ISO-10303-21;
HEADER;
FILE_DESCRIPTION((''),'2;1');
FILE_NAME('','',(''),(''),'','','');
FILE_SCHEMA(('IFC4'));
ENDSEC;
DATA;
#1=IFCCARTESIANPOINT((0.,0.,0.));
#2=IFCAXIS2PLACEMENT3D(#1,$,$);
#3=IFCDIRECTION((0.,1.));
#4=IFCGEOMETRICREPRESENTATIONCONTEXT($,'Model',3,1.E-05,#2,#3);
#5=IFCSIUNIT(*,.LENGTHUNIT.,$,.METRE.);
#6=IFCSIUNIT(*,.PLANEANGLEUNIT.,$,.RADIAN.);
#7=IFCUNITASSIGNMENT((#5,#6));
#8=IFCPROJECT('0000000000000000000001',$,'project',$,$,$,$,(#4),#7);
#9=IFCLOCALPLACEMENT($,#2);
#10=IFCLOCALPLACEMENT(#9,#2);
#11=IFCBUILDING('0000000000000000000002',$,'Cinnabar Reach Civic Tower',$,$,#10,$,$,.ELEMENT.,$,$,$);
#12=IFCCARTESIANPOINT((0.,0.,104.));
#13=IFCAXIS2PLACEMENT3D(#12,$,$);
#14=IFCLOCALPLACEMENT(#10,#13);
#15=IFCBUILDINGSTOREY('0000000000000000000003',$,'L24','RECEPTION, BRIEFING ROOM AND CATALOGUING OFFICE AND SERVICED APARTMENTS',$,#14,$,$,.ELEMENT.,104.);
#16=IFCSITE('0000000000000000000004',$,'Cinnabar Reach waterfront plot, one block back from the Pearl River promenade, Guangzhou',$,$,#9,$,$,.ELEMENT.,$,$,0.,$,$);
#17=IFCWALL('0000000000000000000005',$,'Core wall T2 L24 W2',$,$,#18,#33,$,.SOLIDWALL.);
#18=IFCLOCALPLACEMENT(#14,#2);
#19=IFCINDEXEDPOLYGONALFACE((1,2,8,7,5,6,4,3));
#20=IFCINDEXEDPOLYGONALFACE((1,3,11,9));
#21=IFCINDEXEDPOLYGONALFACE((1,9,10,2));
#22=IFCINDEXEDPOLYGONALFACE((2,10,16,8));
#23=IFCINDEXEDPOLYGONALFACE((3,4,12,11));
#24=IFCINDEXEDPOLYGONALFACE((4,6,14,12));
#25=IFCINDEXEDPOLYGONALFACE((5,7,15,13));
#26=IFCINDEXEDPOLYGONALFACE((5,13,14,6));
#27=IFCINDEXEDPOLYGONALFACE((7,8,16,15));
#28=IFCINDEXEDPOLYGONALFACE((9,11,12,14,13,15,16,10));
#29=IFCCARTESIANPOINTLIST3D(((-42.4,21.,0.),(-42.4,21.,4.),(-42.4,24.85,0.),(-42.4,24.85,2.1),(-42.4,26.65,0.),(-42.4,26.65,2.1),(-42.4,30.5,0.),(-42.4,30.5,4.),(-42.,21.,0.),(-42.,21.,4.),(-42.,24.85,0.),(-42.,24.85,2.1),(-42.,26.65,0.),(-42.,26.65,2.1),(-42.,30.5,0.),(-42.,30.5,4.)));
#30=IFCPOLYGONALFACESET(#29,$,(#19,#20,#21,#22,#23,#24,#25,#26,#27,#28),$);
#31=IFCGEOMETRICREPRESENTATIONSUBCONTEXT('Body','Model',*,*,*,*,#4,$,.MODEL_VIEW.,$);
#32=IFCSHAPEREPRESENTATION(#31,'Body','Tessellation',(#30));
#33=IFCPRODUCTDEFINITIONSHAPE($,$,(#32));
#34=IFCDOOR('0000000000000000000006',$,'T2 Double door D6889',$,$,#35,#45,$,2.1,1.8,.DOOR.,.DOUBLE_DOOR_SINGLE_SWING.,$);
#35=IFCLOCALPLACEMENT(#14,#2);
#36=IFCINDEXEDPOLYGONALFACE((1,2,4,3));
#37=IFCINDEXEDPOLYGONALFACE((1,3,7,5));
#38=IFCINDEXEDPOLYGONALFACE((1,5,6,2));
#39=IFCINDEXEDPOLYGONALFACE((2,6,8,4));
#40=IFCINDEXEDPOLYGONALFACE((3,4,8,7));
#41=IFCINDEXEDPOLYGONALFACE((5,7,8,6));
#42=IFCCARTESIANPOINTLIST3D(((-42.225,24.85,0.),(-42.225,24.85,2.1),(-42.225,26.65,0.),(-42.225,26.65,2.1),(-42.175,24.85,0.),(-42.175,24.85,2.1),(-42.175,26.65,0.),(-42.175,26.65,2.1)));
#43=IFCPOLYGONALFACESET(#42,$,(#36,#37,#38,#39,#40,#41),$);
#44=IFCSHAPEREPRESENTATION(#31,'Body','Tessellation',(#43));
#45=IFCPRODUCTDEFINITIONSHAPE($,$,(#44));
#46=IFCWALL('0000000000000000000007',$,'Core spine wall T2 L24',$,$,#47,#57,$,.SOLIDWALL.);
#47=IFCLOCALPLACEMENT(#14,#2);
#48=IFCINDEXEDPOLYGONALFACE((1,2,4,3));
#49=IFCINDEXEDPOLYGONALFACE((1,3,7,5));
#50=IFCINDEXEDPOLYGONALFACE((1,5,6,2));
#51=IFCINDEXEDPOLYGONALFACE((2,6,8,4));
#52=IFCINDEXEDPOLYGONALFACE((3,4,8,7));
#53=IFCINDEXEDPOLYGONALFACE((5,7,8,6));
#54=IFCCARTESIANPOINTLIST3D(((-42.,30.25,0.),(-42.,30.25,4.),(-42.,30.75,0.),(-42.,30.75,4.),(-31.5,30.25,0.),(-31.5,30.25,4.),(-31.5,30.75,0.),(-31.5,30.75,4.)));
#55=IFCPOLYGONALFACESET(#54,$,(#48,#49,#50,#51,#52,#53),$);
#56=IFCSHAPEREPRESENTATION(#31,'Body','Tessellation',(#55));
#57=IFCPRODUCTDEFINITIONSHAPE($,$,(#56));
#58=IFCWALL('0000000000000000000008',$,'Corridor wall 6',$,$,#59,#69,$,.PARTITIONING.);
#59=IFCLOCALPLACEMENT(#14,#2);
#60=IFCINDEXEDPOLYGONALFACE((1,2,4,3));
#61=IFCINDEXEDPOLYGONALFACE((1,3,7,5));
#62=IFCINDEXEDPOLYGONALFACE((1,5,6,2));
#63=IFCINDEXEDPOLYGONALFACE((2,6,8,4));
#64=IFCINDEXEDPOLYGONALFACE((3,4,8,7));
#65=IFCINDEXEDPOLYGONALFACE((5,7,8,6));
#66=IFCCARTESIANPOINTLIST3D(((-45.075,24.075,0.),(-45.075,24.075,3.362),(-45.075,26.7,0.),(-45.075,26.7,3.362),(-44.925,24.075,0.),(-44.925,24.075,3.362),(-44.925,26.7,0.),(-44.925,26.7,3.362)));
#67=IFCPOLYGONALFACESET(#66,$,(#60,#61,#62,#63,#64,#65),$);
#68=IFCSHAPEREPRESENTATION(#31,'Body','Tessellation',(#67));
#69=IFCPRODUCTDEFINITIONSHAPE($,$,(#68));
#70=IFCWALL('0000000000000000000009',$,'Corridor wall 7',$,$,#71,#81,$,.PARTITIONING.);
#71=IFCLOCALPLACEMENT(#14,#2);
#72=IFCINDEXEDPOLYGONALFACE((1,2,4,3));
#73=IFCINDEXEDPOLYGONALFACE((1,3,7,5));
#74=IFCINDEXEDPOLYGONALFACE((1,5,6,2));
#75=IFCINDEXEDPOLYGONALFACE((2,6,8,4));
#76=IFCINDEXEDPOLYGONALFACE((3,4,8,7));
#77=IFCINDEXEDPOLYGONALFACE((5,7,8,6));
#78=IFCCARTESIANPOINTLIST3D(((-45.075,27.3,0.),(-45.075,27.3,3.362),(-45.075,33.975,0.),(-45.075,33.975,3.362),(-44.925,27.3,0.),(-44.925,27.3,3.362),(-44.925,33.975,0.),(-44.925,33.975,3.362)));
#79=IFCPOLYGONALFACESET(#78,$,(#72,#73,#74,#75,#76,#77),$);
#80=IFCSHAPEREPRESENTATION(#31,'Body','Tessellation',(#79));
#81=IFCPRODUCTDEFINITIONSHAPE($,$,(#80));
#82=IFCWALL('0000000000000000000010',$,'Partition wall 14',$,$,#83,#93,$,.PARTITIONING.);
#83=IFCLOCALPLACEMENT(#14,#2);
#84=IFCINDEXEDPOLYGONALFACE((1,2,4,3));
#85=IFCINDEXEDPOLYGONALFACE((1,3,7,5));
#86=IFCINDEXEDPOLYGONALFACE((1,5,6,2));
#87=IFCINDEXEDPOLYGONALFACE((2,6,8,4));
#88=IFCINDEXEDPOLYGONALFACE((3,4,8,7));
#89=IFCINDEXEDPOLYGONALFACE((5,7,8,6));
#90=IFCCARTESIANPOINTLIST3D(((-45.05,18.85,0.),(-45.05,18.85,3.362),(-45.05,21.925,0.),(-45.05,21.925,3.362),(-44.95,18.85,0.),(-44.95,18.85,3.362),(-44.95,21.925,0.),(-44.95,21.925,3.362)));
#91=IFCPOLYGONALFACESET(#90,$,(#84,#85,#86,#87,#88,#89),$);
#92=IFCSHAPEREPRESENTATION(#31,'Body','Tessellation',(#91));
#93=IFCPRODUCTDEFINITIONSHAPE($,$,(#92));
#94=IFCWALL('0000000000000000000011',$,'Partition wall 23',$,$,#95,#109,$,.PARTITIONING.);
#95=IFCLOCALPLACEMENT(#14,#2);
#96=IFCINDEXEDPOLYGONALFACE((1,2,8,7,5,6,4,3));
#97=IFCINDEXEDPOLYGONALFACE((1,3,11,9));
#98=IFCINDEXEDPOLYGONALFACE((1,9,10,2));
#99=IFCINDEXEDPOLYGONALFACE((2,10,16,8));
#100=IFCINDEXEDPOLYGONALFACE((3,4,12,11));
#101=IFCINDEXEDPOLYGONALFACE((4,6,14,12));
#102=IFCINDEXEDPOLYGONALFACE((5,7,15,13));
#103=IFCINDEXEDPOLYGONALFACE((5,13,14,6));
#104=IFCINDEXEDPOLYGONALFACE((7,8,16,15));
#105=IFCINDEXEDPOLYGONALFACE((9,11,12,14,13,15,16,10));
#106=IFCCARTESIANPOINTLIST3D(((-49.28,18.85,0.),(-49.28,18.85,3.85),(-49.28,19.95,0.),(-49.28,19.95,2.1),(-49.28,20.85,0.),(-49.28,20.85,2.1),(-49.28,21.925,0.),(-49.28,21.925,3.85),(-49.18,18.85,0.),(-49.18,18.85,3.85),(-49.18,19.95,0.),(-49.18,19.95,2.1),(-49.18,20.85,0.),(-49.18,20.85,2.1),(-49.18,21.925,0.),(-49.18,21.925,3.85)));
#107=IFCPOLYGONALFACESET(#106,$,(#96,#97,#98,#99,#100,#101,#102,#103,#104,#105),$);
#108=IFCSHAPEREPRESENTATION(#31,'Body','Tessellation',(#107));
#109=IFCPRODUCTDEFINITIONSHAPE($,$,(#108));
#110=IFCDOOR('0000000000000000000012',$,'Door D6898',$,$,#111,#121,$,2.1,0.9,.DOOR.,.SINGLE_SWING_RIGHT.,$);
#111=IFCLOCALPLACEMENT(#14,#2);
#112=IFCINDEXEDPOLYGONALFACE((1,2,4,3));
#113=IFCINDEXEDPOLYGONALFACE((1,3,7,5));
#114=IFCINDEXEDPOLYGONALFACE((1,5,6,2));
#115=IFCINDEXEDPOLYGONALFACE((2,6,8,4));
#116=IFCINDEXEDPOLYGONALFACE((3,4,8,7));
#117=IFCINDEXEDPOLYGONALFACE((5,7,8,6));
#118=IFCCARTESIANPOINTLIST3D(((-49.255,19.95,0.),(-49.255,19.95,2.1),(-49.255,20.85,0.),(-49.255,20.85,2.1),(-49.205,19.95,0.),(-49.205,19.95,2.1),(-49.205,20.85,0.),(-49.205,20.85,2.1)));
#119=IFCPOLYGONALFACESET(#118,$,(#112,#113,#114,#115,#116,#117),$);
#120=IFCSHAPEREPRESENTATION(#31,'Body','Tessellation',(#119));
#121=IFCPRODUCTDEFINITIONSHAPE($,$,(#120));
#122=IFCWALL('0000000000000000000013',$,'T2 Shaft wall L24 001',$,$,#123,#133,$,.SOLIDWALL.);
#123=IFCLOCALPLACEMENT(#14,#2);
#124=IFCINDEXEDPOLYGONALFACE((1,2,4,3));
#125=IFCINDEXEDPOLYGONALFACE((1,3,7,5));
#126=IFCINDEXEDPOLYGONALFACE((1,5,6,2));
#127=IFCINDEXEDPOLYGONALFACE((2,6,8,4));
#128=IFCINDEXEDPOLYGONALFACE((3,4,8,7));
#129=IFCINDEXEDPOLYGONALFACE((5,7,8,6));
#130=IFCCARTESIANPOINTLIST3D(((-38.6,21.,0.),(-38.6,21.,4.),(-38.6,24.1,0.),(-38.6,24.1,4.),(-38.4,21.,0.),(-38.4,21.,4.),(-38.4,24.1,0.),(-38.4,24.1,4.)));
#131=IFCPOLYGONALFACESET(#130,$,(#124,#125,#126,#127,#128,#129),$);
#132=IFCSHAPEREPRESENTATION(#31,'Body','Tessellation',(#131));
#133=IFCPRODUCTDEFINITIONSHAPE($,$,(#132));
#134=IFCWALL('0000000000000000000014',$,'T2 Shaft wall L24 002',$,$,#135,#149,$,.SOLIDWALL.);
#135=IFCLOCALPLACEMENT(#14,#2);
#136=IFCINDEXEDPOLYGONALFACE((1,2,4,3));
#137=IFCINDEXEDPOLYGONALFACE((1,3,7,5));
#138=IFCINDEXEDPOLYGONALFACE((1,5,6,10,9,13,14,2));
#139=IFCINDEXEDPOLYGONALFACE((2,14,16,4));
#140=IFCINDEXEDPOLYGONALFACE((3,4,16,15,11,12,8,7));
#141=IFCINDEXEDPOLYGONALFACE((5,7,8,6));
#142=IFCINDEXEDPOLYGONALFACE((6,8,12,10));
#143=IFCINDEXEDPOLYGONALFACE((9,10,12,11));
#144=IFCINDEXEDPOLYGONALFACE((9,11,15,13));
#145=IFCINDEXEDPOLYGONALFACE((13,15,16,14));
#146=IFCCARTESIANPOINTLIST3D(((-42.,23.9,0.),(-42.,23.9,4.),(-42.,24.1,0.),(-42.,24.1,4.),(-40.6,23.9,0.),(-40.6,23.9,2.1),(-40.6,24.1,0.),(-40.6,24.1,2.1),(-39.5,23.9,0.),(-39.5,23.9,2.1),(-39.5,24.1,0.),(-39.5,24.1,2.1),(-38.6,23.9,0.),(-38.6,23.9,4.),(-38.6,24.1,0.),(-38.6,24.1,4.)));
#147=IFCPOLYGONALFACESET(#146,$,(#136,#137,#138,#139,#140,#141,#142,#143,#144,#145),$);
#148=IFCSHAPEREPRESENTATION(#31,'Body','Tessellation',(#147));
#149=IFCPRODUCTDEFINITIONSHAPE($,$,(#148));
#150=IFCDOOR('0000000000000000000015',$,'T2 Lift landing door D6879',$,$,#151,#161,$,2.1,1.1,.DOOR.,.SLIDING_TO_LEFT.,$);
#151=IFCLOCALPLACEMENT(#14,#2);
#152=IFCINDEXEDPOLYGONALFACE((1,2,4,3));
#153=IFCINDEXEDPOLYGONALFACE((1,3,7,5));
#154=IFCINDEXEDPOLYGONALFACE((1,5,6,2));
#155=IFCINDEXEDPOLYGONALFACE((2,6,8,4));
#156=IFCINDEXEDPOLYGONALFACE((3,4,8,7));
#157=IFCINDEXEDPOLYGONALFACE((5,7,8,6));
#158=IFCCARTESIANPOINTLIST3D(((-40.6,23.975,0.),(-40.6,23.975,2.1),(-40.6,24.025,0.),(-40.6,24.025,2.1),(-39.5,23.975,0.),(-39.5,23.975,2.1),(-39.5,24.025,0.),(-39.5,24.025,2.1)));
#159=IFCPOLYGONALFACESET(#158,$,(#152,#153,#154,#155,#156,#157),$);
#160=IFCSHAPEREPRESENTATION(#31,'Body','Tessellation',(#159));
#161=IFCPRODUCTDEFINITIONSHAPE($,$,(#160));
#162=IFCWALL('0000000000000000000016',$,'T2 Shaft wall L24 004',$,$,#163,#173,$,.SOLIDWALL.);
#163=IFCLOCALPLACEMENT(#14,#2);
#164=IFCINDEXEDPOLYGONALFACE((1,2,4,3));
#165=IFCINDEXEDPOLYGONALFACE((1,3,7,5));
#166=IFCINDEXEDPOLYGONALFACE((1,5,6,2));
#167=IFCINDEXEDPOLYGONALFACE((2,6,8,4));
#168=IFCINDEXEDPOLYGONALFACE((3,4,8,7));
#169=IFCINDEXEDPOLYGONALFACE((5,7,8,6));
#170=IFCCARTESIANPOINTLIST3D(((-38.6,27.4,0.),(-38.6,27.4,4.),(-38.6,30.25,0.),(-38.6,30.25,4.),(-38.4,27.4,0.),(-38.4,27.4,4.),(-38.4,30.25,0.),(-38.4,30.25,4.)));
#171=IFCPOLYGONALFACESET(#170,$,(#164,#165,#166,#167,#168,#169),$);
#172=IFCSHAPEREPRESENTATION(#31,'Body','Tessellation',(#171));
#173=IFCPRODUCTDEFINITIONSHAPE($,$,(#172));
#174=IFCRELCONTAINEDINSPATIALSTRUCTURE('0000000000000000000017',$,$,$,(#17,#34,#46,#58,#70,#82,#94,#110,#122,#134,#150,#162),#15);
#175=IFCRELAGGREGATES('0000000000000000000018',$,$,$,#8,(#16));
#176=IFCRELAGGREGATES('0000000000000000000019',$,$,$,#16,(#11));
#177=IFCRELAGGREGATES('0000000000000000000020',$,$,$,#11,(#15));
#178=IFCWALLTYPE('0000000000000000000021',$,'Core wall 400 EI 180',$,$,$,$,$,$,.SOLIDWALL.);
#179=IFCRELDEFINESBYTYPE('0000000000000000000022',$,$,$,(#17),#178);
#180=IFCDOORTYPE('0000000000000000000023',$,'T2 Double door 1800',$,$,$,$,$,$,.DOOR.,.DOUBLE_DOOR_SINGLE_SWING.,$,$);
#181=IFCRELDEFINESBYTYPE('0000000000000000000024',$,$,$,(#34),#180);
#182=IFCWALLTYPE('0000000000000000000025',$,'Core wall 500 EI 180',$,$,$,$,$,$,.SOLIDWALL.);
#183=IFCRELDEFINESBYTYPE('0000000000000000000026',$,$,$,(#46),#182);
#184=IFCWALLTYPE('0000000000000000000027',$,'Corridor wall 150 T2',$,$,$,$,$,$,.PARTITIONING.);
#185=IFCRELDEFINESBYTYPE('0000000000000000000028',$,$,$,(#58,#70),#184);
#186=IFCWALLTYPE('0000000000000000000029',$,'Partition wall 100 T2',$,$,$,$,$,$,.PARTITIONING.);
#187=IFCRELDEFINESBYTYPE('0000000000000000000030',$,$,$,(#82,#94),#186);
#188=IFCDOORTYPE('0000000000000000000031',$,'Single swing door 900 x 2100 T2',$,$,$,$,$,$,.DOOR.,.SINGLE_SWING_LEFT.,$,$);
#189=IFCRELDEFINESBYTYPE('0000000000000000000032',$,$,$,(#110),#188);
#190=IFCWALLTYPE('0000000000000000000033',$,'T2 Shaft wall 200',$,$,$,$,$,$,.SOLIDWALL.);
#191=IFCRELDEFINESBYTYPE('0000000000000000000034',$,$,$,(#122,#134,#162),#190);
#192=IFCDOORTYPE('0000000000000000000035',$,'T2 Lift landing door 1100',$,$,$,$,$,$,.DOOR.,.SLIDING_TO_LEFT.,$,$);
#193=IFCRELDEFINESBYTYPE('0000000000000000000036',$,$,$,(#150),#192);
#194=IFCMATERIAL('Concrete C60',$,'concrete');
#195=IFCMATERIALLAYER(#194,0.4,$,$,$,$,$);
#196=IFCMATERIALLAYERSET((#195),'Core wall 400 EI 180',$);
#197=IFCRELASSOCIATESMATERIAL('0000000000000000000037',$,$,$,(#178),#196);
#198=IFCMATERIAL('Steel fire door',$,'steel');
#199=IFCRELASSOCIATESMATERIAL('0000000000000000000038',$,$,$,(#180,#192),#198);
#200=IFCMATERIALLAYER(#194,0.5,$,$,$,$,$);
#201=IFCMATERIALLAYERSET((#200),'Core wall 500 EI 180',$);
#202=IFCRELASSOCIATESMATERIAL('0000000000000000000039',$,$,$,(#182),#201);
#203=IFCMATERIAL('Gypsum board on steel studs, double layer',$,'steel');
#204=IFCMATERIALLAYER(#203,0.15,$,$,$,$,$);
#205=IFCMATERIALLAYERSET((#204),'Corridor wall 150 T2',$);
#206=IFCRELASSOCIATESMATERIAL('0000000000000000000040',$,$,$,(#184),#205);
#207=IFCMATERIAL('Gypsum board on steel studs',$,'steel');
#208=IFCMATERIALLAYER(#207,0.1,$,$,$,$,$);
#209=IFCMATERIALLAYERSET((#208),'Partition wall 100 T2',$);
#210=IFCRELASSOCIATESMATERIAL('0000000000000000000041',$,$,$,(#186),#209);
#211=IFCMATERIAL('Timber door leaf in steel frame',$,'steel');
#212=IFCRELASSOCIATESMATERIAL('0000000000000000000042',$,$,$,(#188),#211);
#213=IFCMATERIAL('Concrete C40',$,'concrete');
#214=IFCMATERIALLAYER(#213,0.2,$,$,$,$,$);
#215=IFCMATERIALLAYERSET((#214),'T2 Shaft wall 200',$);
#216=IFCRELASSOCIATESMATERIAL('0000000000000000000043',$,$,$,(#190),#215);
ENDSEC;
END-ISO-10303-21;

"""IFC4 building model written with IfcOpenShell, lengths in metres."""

from ifc_helpers import new_model, si_unit, direction, frame, frame_2d, origin, place, context, subcontext, project, spatial, rectangle, extrude, material, layer, layer_set, type_object, element, fill, save


model = new_model("IFC4")

# Units and contexts
model_context = context("Model", 3, precision=1e-05, world=origin(), true_north=direction((0.0, 1.0)))
body_context = subcontext(model_context, "Body", "Model", "MODEL_VIEW")
ifc_project = project(units=[si_unit("LENGTHUNIT", "METRE"), si_unit("PLANEANGLEUNIT", "RADIAN")], contexts=[model_context])

# Site, building, storey
site_placement = place(None, origin())
site = spatial("IfcSite", under=ifc_project, at=site_placement, Name="Cinnabar Reach waterfront plot, one block back from the Pearl River promenade, Guangzhou", CompositionType="ELEMENT", RefElevation=0.0)
building_placement = place(site_placement, origin())
building = spatial("IfcBuilding", under=site, at=building_placement, Name="Cinnabar Reach Civic Tower", CompositionType="ELEMENT")
storey_placement = place(building_placement, frame((0.0, 0.0, 104.0)))
storey = spatial("IfcBuildingStorey", under=building, at=storey_placement, Name="L24", Description="RECEPTION, BRIEFING ROOM AND CATALOGUING OFFICE AND SERVICED APARTMENTS", CompositionType="ELEMENT", Elevation=104.0)

# Shared definitions
ifc_material_1 = material(Name="Concrete C60", Category="concrete")

# Shared definitions
ifc_layer_1 = layer(ifc_material_1, 0.4)
ifc_layer_set_1 = layer_set([ifc_layer_1], Name="Core wall 400 EI 180")
wall_type_1 = type_object("IfcWallType", Name="Core wall 400 EI 180", PredefinedType="SOLIDWALL", material=ifc_layer_set_1)

# Wall, opening, door
wall_1_placement = place(storey_placement, frame((-42.2, 30.5, 0.0), z_axis=(0.0, 0.0, 1.0), x_axis=(0.0, -1.0, 0.0)))
wall_1 = element("IfcWall", 1, at=wall_1_placement, inside=storey, type_object=wall_type_1, Name="Core wall T2 L24 W2", PredefinedType="SOLIDWALL", context=body_context, shape_type="SweptSolid", body=[
    extrude(rectangle(XDim=9.5, YDim=0.4, at=frame_2d((4.75, 0.0))), origin(), (0.0, 0.0, 1.0), 4.0),
])
opening_1_placement = place(wall_1_placement, frame((3.85, 0.0, 0.0)))
opening_1 = element("IfcOpeningElement", 2, at=opening_1_placement, cuts=wall_1, PredefinedType="OPENING", context=body_context, shape_type="SweptSolid", body=[
    extrude(rectangle(XDim=1.8, YDim=2.1, at=frame_2d((0.9, 1.05))), frame((0.0, 0.21, 0.0), z_axis=(0.0, -1.0, 0.0), x_axis=(1.0, 0.0, 0.0)), (0.0, 0.0, 1.0), 0.42),
])
ifc_material_2 = material(Name="Steel fire door", Category="steel")
door_type_1 = type_object("IfcDoorType", Name="T2 Double door 1800", OperationType="DOUBLE_DOOR_SINGLE_SWING", PredefinedType="DOOR", material=ifc_material_2)
door_1_placement = place(opening_1_placement, origin())
door_1 = element("IfcDoor", 3, at=door_1_placement, inside=storey, type_object=door_type_1, Name="T2 Double door D6889", OperationType="DOUBLE_DOOR_SINGLE_SWING", OverallHeight=2.1, OverallWidth=1.8, PredefinedType="DOOR", context=body_context, shape_type="SweptSolid", body=[
    extrude(rectangle(XDim=1.8, YDim=2.1, at=frame_2d((0.9, 1.05))), frame((0.0, 0.025, 0.0), z_axis=(0.0, -1.0, 0.0), x_axis=(1.0, 0.0, 0.0)), (0.0, 0.0, 1.0), 0.05),
])
fill(opening_1, door_1)

# Walls
ifc_layer_2 = layer(ifc_material_1, 0.5)
ifc_layer_set_2 = layer_set([ifc_layer_2], Name="Core wall 500 EI 180")
wall_type_2 = type_object("IfcWallType", Name="Core wall 500 EI 180", PredefinedType="SOLIDWALL", material=ifc_layer_set_2)
wall_2_placement = place(storey_placement, frame((-42.0, 30.5, 0.0), z_axis=(0.0, 0.0, 1.0), x_axis=(1.0, 0.0, 0.0)))
element("IfcWall", 4, at=wall_2_placement, inside=storey, type_object=wall_type_2, Name="Core spine wall T2 L24", PredefinedType="SOLIDWALL", context=body_context, shape_type="SweptSolid", body=[
    extrude(rectangle(XDim=10.5, YDim=0.5, at=frame_2d((5.25, 0.0))), origin(), (0.0, 0.0, 1.0), 4.0),
])
ifc_material_3 = material(Name="Gypsum board on steel studs, double layer", Category="steel")
ifc_layer_3 = layer(ifc_material_3, 0.15)
ifc_layer_set_3 = layer_set([ifc_layer_3], Name="Corridor wall 150 T2")
wall_type_3 = type_object("IfcWallType", Name="Corridor wall 150 T2", PredefinedType="PARTITIONING", material=ifc_layer_set_3)
wall_3_placement = place(storey_placement, frame((-45.0, 24.075, 0.0), z_axis=(0.0, 0.0, 1.0), x_axis=(0.0, 1.0, 0.0)))
element("IfcWall", 5, at=wall_3_placement, inside=storey, type_object=wall_type_3, Name="Corridor wall 6", PredefinedType="PARTITIONING", context=body_context, shape_type="SweptSolid", body=[
    extrude(rectangle(XDim=2.625, YDim=0.15, at=frame_2d((1.3125, 0.0))), origin(), (0.0, 0.0, 1.0), 3.362),
])
wall_4_placement = place(storey_placement, frame((-45.0, 27.3, 0.0), z_axis=(0.0, 0.0, 1.0), x_axis=(0.0, 1.0, 0.0)))
element("IfcWall", 6, at=wall_4_placement, inside=storey, type_object=wall_type_3, Name="Corridor wall 7", PredefinedType="PARTITIONING", context=body_context, shape_type="SweptSolid", body=[
    extrude(rectangle(XDim=6.675, YDim=0.15, at=frame_2d((3.3375, 0.0))), origin(), (0.0, 0.0, 1.0), 3.362),
])
ifc_material_4 = material(Name="Gypsum board on steel studs", Category="steel")
ifc_layer_4 = layer(ifc_material_4, 0.1)
ifc_layer_set_4 = layer_set([ifc_layer_4], Name="Partition wall 100 T2")
wall_type_4 = type_object("IfcWallType", Name="Partition wall 100 T2", PredefinedType="PARTITIONING", material=ifc_layer_set_4)
wall_5_placement = place(storey_placement, frame((-45.0, 18.85, 0.0), z_axis=(0.0, 0.0, 1.0), x_axis=(0.0, 1.0, 0.0)))
element("IfcWall", 7, at=wall_5_placement, inside=storey, type_object=wall_type_4, Name="Partition wall 14", PredefinedType="PARTITIONING", context=body_context, shape_type="SweptSolid", body=[
    extrude(rectangle(XDim=3.075, YDim=0.1, at=frame_2d((1.5375, 0.0))), origin(), (0.0, 0.0, 1.0), 3.362),
])

# Wall, opening, door
wall_6_placement = place(storey_placement, frame((-49.23, 18.85, 0.0), z_axis=(0.0, 0.0, 1.0), x_axis=(0.0, 1.0, 0.0)))
wall_6 = element("IfcWall", 8, at=wall_6_placement, inside=storey, type_object=wall_type_4, Name="Partition wall 23", PredefinedType="PARTITIONING", context=body_context, shape_type="SweptSolid", body=[
    extrude(rectangle(XDim=3.075, YDim=0.1, at=frame_2d((1.5375, 0.0))), origin(), (0.0, 0.0, 1.0), 3.85),
])
opening_2_placement = place(wall_6_placement, frame((1.1, 0.0, 0.0)))
opening_2 = element("IfcOpeningElement", 9, at=opening_2_placement, cuts=wall_6, PredefinedType="OPENING", context=body_context, shape_type="SweptSolid", body=[
    extrude(rectangle(XDim=0.9, YDim=2.1, at=frame_2d((0.45, 1.05))), frame((0.0, 0.06, 0.0), z_axis=(0.0, -1.0, 0.0), x_axis=(1.0, 0.0, 0.0)), (0.0, 0.0, 1.0), 0.12),
])
ifc_material_5 = material(Name="Timber door leaf in steel frame", Category="steel")
door_type_2 = type_object("IfcDoorType", Name="Single swing door 900 x 2100 T2", OperationType="SINGLE_SWING_LEFT", PredefinedType="DOOR", material=ifc_material_5)
door_2_placement = place(opening_2_placement, origin())
door_2 = element("IfcDoor", 10, at=door_2_placement, inside=storey, type_object=door_type_2, Name="Door D6898", OperationType="SINGLE_SWING_RIGHT", OverallHeight=2.1, OverallWidth=0.9, PredefinedType="DOOR", context=body_context, shape_type="SweptSolid", body=[
    extrude(rectangle(XDim=0.9, YDim=2.1, at=frame_2d((0.45, 1.05))), frame((0.0, 0.025, 0.0), z_axis=(0.0, -1.0, 0.0), x_axis=(1.0, 0.0, 0.0)), (0.0, 0.0, 1.0), 0.05),
])
fill(opening_2, door_2)

# Wall
ifc_material_6 = material(Name="Concrete C40", Category="concrete")
ifc_layer_5 = layer(ifc_material_6, 0.2)
ifc_layer_set_5 = layer_set([ifc_layer_5], Name="T2 Shaft wall 200")
wall_type_5 = type_object("IfcWallType", Name="T2 Shaft wall 200", PredefinedType="SOLIDWALL", material=ifc_layer_set_5)
wall_7_placement = place(storey_placement, frame((-38.5, 21.0, 0.0), z_axis=(0.0, 0.0, 1.0), x_axis=(0.0, 1.0, 0.0)))
element("IfcWall", 11, at=wall_7_placement, inside=storey, type_object=wall_type_5, Name="T2 Shaft wall L24 001", PredefinedType="SOLIDWALL", context=body_context, shape_type="SweptSolid", body=[
    extrude(rectangle(XDim=3.1, YDim=0.2, at=frame_2d((1.55, 0.0))), origin(), (0.0, 0.0, 1.0), 4.0),
])

# Wall, opening, door
wall_8_placement = place(storey_placement, frame((-38.6, 24.0, 0.0), z_axis=(0.0, 0.0, 1.0), x_axis=(-1.0, 0.0, 0.0)))
wall_8 = element("IfcWall", 12, at=wall_8_placement, inside=storey, type_object=wall_type_5, Name="T2 Shaft wall L24 002", PredefinedType="SOLIDWALL", context=body_context, shape_type="SweptSolid", body=[
    extrude(rectangle(XDim=3.4, YDim=0.2, at=frame_2d((1.7, 0.0))), origin(), (0.0, 0.0, 1.0), 4.0),
])
opening_3_placement = place(wall_8_placement, frame((0.9, 0.0, 0.0)))
opening_3 = element("IfcOpeningElement", 13, at=opening_3_placement, cuts=wall_8, PredefinedType="OPENING", context=body_context, shape_type="SweptSolid", body=[
    extrude(rectangle(XDim=1.1, YDim=2.1, at=frame_2d((0.55, 1.05))), frame((0.0, 0.11, 0.0), z_axis=(0.0, -1.0, 0.0), x_axis=(1.0, 0.0, 0.0)), (0.0, 0.0, 1.0), 0.22),
])
door_type_3 = type_object("IfcDoorType", Name="T2 Lift landing door 1100", OperationType="SLIDING_TO_LEFT", PredefinedType="DOOR", material=ifc_material_2)
door_3_placement = place(opening_3_placement, origin())
door_3 = element("IfcDoor", 14, at=door_3_placement, inside=storey, type_object=door_type_3, Name="T2 Lift landing door D6879", OperationType="SLIDING_TO_LEFT", OverallHeight=2.1, OverallWidth=1.1, PredefinedType="DOOR", context=body_context, shape_type="SweptSolid", body=[
    extrude(rectangle(XDim=1.1, YDim=2.1, at=frame_2d((0.55, 1.05))), frame((0.0, 0.025, 0.0), z_axis=(0.0, -1.0, 0.0), x_axis=(1.0, 0.0, 0.0)), (0.0, 0.0, 1.0), 0.05),
])
fill(opening_3, door_3)

# Wall
wall_9_placement = place(storey_placement, frame((-38.5, 27.4, 0.0), z_axis=(0.0, 0.0, 1.0), x_axis=(0.0, 1.0, 0.0)))
element("IfcWall", 15, at=wall_9_placement, inside=storey, type_object=wall_type_5, Name="T2 Shaft wall L24 004", PredefinedType="SOLIDWALL", context=body_context, shape_type="SweptSolid", body=[
    extrude(rectangle(XDim=2.85, YDim=0.2, at=frame_2d((1.425, 0.0))), origin(), (0.0, 0.0, 1.0), 4.0),
])

save(model, "model.ifc")
